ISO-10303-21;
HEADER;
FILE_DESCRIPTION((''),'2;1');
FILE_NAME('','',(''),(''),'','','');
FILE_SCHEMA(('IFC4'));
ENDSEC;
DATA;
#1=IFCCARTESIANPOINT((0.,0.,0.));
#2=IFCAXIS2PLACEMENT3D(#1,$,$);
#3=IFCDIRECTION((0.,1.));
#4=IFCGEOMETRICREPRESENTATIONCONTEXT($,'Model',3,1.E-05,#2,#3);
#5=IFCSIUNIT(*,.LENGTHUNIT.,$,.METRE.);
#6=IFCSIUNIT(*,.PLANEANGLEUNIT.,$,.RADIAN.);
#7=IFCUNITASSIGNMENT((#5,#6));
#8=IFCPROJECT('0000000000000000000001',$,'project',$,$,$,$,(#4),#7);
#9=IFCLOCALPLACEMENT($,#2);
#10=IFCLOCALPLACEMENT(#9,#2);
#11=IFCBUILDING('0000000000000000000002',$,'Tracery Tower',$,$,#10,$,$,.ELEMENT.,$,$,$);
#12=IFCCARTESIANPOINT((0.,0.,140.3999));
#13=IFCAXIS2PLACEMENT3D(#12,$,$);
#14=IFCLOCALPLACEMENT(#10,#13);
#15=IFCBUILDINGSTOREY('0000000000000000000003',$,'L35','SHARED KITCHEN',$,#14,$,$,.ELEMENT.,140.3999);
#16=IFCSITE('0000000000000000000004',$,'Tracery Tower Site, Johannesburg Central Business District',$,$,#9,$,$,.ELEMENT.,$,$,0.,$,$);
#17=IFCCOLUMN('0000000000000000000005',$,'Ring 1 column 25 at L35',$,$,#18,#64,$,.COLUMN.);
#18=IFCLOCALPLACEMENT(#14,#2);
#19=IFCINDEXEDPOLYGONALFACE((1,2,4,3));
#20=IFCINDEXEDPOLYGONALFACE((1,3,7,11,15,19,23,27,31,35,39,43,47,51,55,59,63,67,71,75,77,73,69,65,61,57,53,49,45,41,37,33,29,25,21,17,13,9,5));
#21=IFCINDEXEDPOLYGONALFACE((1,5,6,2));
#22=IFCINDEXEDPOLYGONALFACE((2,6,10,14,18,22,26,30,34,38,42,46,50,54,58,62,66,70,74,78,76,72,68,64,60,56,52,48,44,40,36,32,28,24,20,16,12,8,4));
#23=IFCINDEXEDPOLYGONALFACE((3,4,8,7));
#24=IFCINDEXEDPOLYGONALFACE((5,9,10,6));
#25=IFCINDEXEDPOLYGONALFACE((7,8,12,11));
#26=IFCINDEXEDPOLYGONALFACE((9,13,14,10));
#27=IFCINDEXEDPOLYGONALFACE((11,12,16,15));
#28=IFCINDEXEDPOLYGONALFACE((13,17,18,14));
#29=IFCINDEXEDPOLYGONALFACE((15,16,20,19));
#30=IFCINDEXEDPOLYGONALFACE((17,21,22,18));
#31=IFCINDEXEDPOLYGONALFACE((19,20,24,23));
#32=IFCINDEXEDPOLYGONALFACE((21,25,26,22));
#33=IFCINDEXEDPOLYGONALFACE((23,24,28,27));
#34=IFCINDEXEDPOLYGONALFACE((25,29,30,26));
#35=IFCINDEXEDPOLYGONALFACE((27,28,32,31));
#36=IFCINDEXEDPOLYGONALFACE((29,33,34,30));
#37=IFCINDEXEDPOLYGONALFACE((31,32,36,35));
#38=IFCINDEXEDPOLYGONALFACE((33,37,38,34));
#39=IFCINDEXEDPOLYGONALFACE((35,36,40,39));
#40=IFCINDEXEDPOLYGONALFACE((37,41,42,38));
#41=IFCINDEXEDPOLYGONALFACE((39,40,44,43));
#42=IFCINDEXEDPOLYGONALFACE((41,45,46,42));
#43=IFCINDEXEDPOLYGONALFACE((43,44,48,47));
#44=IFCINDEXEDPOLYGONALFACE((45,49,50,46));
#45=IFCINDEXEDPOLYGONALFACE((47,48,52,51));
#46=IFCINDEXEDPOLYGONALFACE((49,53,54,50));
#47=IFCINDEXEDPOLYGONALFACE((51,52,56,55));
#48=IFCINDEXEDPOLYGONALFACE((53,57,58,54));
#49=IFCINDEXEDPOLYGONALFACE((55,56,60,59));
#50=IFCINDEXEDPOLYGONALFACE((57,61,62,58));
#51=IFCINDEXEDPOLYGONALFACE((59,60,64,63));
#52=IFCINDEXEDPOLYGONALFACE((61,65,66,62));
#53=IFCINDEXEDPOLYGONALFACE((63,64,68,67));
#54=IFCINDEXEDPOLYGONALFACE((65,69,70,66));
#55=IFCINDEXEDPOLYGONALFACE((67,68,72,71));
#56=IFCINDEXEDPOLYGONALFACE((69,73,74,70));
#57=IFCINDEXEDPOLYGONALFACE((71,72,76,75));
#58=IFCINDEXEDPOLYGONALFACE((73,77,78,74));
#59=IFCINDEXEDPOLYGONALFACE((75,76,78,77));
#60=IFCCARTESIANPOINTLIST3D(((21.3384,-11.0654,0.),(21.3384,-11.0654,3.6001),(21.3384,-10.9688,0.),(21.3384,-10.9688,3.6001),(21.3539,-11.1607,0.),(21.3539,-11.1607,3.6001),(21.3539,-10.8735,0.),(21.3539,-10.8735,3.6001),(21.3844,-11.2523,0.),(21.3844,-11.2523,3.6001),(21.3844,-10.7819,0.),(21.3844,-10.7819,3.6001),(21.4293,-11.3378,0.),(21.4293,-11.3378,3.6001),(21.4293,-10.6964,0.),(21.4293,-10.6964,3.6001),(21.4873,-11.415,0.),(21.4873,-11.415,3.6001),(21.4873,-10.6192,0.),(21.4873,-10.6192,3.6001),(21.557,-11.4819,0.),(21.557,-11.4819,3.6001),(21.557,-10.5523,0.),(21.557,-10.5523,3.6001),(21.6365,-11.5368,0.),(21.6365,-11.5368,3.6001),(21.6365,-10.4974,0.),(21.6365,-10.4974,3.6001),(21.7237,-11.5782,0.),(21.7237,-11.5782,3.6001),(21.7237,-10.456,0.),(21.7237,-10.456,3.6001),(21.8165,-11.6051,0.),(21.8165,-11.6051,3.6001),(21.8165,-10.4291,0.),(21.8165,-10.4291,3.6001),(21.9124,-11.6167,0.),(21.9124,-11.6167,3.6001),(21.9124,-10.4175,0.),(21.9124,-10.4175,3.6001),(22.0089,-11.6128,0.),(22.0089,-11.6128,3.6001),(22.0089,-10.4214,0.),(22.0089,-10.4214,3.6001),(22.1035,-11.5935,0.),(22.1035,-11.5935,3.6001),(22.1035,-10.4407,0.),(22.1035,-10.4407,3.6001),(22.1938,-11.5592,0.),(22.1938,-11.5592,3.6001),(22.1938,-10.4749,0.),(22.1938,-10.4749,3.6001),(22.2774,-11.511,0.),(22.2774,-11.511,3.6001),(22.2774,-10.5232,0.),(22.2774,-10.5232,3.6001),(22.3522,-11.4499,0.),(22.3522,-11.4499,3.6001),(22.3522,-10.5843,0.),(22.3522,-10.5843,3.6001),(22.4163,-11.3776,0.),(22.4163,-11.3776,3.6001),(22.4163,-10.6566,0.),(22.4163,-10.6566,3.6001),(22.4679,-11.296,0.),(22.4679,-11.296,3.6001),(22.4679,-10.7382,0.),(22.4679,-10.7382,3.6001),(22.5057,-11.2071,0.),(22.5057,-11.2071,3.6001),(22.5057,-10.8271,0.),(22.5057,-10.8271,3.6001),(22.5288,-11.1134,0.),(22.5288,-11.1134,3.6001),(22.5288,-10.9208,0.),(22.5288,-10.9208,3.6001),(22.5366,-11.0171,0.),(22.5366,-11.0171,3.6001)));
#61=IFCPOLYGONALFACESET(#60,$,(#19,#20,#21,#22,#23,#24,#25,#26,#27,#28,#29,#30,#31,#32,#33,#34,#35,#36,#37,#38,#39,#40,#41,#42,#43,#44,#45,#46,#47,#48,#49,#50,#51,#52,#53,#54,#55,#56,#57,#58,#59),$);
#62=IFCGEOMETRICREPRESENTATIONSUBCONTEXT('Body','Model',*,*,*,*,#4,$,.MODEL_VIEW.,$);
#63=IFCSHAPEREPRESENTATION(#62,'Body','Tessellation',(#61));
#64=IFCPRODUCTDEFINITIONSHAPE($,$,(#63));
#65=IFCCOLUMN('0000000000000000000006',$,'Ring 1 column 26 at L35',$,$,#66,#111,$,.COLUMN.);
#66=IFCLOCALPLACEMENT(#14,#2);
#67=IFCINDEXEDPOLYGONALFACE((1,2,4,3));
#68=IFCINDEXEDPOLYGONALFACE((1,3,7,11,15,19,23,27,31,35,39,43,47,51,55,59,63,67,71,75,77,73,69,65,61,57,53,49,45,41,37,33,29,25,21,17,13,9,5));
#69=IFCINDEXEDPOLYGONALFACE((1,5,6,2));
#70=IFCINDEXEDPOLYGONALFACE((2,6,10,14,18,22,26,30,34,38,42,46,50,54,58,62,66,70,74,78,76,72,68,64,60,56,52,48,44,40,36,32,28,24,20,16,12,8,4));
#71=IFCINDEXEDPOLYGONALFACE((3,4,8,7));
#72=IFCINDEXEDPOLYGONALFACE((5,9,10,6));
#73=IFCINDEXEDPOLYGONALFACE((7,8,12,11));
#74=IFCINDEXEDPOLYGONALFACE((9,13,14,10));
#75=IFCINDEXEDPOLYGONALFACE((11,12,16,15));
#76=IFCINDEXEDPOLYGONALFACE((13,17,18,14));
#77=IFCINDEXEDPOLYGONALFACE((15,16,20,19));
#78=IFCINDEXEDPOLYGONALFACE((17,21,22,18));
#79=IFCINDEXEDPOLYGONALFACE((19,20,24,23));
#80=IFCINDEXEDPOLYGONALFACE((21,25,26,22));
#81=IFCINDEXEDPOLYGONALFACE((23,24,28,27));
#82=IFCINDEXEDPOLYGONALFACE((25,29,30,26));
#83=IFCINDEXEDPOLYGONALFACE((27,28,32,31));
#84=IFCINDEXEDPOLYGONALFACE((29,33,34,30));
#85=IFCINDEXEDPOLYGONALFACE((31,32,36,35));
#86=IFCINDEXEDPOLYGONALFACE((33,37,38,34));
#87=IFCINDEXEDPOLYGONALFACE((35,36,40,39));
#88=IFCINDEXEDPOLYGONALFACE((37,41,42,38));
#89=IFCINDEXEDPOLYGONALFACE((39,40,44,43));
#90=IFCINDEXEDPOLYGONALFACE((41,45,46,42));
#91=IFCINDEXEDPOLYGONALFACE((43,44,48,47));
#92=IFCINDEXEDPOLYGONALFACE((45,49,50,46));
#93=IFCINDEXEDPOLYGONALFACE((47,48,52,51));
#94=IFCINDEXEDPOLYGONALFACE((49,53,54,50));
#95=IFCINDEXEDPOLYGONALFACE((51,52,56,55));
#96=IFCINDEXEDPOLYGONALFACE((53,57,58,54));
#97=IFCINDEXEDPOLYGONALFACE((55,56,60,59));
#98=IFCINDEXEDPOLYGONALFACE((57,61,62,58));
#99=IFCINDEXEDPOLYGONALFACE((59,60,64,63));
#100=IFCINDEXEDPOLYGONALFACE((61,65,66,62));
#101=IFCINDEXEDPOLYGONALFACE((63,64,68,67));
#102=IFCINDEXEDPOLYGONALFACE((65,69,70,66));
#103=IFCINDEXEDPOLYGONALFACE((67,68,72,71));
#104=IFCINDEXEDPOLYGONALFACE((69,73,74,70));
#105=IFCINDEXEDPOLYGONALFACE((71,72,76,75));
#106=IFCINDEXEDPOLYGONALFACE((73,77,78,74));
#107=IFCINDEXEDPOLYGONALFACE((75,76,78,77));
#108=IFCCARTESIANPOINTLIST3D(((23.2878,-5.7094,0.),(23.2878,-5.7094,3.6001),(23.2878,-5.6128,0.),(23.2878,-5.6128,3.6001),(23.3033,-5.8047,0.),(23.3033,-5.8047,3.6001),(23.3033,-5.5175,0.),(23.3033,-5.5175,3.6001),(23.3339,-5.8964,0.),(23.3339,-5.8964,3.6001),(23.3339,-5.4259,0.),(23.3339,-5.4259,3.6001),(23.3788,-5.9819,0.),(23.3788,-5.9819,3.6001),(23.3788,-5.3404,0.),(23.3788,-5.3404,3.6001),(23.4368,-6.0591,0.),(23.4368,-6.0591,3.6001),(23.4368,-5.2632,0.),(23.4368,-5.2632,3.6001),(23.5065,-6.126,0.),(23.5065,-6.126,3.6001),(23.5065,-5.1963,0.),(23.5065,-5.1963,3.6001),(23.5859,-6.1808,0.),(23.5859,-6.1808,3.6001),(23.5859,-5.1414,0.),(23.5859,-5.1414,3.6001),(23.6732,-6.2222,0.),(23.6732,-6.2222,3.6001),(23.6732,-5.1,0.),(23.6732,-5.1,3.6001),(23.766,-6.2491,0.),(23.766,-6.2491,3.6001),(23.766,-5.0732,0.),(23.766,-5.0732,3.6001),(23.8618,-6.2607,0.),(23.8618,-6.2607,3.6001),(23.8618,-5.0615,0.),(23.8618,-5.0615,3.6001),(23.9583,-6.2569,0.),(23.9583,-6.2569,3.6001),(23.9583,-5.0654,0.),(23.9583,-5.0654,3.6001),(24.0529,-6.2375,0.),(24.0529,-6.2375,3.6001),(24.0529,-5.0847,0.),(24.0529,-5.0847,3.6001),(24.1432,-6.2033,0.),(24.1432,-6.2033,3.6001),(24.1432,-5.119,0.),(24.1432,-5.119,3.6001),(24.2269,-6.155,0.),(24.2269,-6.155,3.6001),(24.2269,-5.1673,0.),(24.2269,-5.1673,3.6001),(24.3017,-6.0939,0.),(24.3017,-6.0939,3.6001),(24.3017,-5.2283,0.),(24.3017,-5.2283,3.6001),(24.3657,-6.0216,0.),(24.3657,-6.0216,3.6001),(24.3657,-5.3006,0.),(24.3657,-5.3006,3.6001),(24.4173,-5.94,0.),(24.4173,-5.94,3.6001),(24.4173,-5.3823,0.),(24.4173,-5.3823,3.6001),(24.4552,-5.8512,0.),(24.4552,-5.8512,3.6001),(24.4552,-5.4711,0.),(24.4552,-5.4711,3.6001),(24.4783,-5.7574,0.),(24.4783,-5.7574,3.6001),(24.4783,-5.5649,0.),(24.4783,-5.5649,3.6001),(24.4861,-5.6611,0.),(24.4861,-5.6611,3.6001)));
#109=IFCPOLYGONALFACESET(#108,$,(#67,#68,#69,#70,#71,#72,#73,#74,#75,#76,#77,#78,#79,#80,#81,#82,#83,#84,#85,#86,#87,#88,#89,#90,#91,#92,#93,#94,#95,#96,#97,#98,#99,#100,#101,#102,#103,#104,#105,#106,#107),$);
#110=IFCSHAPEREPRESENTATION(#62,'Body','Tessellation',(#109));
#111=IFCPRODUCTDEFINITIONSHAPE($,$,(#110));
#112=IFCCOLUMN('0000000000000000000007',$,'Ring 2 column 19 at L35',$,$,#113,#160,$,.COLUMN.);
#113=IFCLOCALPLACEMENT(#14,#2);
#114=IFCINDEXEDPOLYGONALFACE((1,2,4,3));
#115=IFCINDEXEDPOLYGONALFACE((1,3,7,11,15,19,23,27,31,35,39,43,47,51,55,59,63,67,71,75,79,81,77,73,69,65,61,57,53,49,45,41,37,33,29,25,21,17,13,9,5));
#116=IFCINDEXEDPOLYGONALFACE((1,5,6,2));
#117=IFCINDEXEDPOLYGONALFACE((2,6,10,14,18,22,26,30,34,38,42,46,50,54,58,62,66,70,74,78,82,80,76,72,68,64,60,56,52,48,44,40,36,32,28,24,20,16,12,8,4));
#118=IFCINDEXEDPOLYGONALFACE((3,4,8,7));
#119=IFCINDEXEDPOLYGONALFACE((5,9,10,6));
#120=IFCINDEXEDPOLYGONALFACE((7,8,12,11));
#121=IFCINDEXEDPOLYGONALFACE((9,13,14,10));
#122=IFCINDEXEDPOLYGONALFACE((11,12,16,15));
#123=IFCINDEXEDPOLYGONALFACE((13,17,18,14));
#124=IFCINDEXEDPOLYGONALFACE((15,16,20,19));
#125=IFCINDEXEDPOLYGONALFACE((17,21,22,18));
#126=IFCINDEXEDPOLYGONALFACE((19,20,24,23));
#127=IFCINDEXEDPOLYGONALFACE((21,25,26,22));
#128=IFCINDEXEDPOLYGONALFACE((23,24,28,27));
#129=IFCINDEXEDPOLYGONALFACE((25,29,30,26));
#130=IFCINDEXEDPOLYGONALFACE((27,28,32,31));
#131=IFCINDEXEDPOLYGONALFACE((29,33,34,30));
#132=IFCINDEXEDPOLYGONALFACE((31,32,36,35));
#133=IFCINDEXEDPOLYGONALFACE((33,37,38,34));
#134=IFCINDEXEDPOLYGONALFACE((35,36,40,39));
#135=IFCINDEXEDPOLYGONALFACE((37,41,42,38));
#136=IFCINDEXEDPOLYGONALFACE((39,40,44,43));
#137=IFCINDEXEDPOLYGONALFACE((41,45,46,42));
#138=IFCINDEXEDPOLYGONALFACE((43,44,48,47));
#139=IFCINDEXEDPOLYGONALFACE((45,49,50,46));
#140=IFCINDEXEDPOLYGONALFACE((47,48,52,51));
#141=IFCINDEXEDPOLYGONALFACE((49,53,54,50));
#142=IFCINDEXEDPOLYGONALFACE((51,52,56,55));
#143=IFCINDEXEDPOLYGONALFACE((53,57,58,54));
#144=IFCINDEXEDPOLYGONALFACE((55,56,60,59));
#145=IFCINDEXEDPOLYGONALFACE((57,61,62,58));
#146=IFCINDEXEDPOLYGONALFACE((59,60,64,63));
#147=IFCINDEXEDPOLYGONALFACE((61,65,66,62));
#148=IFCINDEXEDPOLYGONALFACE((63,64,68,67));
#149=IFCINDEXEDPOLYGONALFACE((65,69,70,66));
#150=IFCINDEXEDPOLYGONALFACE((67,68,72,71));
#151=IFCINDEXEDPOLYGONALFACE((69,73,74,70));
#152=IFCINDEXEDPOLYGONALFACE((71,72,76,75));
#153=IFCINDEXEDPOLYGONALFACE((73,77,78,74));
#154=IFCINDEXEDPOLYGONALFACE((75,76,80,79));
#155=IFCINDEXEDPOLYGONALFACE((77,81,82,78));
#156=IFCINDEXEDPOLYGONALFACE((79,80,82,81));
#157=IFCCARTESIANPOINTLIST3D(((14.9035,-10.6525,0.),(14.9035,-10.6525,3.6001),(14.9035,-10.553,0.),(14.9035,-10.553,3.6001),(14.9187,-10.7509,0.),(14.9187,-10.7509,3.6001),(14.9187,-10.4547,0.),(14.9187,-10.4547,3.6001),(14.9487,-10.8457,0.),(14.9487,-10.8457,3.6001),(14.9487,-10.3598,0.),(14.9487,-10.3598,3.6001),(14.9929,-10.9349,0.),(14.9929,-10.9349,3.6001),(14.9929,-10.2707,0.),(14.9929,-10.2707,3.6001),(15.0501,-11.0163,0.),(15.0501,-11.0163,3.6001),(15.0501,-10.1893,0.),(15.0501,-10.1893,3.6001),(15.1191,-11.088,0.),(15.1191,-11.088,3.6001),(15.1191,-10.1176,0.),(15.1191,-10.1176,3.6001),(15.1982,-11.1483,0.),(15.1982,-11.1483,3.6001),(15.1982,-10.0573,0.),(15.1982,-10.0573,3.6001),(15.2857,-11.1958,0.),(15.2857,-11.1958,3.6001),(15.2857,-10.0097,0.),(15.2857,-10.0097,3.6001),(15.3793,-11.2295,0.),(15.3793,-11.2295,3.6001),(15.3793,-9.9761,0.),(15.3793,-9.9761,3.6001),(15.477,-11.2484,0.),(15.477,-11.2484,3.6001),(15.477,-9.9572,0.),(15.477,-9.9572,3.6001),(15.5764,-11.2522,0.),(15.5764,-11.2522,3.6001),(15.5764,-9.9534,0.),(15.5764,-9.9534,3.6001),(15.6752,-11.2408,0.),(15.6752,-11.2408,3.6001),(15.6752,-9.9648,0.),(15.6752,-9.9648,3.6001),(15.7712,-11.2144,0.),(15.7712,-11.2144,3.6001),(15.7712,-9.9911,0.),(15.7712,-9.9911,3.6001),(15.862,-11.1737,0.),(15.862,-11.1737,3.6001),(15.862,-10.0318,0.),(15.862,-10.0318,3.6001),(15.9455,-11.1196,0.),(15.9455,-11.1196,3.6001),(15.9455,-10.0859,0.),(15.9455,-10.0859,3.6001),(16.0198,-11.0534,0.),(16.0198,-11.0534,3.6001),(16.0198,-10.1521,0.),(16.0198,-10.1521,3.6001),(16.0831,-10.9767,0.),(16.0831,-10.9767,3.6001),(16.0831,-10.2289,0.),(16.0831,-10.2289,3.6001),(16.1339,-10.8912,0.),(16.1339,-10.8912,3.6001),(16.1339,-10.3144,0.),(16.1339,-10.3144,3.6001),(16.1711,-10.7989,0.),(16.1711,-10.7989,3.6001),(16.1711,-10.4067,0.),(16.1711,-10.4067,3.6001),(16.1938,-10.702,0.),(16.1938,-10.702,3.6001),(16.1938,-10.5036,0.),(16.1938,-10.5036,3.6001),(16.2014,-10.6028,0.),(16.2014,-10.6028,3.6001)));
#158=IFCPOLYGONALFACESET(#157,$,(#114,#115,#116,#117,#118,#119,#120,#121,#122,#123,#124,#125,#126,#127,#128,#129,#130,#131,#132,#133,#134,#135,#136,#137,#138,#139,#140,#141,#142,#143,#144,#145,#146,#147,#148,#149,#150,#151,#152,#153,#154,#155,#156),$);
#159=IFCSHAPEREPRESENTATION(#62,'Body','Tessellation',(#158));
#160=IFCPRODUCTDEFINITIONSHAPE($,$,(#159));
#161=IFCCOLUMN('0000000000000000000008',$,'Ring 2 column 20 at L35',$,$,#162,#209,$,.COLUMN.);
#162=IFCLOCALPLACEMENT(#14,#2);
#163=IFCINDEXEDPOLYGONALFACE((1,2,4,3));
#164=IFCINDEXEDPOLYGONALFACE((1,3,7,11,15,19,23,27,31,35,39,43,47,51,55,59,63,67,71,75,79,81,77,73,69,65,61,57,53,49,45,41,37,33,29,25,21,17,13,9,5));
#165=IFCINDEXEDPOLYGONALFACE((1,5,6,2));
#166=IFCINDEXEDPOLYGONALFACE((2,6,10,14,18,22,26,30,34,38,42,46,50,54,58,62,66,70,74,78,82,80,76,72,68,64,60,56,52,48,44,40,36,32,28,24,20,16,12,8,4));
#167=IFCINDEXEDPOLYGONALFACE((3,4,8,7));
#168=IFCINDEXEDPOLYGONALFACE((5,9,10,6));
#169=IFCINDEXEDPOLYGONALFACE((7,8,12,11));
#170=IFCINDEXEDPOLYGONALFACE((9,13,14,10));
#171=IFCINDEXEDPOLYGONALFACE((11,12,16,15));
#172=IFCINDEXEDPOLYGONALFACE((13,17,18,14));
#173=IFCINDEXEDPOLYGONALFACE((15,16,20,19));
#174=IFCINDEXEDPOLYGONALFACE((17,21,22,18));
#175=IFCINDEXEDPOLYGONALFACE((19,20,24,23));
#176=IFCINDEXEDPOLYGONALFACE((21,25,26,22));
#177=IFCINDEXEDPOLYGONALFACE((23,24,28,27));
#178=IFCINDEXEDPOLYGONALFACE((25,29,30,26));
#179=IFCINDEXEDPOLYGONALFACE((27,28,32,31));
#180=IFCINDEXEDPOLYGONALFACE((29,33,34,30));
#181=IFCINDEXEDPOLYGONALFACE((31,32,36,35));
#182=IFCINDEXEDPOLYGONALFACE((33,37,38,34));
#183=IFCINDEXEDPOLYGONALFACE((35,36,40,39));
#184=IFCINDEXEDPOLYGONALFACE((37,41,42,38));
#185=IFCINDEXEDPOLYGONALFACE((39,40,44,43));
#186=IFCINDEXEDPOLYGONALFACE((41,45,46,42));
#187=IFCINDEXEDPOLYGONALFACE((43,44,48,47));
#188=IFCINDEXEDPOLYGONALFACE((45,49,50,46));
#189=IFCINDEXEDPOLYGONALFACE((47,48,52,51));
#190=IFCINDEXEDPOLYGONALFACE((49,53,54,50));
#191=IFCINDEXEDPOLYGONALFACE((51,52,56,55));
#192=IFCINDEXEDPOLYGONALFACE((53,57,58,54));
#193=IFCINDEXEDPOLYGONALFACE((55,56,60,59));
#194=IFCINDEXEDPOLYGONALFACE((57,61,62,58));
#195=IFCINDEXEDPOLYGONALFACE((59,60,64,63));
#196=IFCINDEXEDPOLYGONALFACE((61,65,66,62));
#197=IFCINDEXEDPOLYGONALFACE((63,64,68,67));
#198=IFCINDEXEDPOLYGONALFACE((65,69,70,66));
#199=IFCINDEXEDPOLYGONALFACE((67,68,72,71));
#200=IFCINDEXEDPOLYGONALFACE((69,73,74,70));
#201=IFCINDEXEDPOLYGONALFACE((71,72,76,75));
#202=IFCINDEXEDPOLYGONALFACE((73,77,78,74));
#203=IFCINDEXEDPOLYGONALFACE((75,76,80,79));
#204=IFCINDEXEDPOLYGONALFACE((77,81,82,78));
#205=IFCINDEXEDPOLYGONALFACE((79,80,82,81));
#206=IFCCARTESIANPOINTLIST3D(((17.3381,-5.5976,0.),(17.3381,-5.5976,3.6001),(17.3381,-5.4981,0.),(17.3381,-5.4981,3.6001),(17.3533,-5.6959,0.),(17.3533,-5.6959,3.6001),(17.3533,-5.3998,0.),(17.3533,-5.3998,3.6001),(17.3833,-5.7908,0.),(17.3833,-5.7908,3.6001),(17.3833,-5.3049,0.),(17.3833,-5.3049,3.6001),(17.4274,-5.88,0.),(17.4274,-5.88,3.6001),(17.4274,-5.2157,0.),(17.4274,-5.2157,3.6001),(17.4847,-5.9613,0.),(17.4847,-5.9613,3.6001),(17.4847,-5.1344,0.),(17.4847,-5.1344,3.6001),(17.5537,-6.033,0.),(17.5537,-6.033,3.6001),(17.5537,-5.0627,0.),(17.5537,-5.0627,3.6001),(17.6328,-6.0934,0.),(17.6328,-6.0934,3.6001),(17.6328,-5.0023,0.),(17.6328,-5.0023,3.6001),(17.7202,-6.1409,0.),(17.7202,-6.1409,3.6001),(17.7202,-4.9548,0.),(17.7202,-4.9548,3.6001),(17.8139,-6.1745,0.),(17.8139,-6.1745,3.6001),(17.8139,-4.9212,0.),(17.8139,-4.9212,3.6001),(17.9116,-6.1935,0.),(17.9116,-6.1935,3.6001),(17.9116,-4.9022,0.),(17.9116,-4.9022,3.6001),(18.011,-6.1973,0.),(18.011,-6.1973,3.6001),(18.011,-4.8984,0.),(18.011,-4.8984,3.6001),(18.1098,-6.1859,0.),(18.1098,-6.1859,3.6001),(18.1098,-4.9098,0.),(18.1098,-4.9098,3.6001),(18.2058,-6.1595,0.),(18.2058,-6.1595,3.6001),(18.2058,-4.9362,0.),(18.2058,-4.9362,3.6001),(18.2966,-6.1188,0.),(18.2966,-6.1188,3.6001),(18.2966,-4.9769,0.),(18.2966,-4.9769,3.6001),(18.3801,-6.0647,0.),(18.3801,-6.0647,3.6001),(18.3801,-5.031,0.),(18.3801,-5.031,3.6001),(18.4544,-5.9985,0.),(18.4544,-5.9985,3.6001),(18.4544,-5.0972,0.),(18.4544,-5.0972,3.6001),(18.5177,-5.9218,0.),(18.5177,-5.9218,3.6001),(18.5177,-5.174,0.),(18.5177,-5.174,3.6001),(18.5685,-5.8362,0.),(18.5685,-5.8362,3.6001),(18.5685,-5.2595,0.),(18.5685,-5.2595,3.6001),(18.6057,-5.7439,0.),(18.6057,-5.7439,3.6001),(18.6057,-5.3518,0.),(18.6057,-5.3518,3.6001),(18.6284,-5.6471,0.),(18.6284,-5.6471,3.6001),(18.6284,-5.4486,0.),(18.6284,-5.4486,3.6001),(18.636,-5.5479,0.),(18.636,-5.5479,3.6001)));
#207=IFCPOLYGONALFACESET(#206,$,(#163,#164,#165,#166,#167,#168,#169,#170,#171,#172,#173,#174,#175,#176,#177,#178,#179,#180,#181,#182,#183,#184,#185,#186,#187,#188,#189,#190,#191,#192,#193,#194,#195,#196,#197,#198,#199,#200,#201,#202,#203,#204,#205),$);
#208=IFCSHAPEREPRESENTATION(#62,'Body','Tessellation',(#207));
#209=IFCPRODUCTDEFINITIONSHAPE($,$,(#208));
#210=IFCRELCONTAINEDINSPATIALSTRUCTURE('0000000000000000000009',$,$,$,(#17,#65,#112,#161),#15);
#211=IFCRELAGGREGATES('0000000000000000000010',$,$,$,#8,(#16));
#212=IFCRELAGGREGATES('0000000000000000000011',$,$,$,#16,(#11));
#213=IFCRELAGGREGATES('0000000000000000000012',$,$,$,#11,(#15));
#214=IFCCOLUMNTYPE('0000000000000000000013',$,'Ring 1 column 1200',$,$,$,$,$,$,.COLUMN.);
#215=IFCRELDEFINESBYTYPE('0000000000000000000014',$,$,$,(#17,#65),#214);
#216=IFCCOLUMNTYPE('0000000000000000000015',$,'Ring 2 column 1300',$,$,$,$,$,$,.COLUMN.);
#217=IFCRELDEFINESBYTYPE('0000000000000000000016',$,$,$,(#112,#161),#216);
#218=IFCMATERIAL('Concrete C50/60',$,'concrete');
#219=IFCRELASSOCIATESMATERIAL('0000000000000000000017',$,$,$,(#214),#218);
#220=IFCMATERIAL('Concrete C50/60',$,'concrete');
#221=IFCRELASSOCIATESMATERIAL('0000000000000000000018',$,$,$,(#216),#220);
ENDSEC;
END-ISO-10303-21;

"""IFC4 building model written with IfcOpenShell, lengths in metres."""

from ifc_helpers import new_model, si_unit, direction, frame, origin, origin_2d, place, context, subcontext, project, spatial, circle, extrude, material, material_profile, profile_set, type_object, element, save


model = new_model("IFC4")

# Units and contexts
model_context = context("Model", 3, precision=1e-05, world=origin(), true_north=direction((0.0, 1.0)))
body_context = subcontext(model_context, "Body", "Model", "MODEL_VIEW")
ifc_project = project(units=[si_unit("LENGTHUNIT", "METRE"), si_unit("PLANEANGLEUNIT", "RADIAN")], contexts=[model_context])

# Site, building, storey
site_placement = place(None, origin())
site = spatial("IfcSite", under=ifc_project, at=site_placement, Name="Tracery Tower Site, Johannesburg Central Business District", CompositionType="ELEMENT", RefElevation=0.0)
building_placement = place(site_placement, origin())
building = spatial("IfcBuilding", under=site, at=building_placement, Name="Tracery Tower", CompositionType="ELEMENT")
storey_placement = place(building_placement, frame((0.0, 0.0, 140.3999)))
storey = spatial("IfcBuildingStorey", under=building, at=storey_placement, Name="L35", Description="SHARED KITCHEN", CompositionType="ELEMENT", Elevation=140.3999)

# Columns
ifc_material_1 = material(Name="Concrete C50/60", Category="concrete")
ifc_material_profile_1 = material_profile(ifc_material_1, circle(Radius=0.6001, at=origin_2d()), Name="RC D1200")
ifc_profile_set_1 = profile_set([ifc_material_profile_1], Name="Concrete C50/60")
column_type_1 = type_object("IfcColumnType", Name="Ring 1 column 1200", PredefinedType="COLUMN", material=ifc_profile_set_1)
for number, where, z_axis, x_axis, name in (
    (1, (21.9365, -11.0171, 0.0), (0.0, 0.0, 1.0), (1.0, 0.0, 0.0), "Ring 1 column 25 at L35"),
    (2, (23.886, -5.6611, 0.0), (0.0, 0.0, 1.0), (1.0, 0.0, 0.0), "Ring 1 column 26 at L35"),
):
    element("IfcColumn", number, at=place(storey_placement, frame(where, z_axis=z_axis, x_axis=x_axis)), inside=storey, type_object=column_type_1, Name=name, PredefinedType="COLUMN", context=body_context, shape_type="SweptSolid", body=[
        extrude(circle(Radius=0.6001, at=origin_2d()), origin(), (0.0, 0.0, 1.0), 3.6001),
    ])
ifc_material_2 = material(Name="Concrete C50/60", Category="concrete")
ifc_material_profile_2 = material_profile(ifc_material_2, circle(Radius=0.6499, at=origin_2d()), Name="RC D1300")
ifc_profile_set_2 = profile_set([ifc_material_profile_2], Name="Concrete C50/60")
column_type_2 = type_object("IfcColumnType", Name="Ring 2 column 1300", PredefinedType="COLUMN", material=ifc_profile_set_2)
for number, where, z_axis, x_axis, name in (
    (3, (15.5515, -10.6028, 0.0), (0.0, 0.0, 1.0), (1.0, 0.0, 0.0), "Ring 2 column 19 at L35"),
    (4, (17.9861, -5.5479, 0.0), (0.0, 0.0, 1.0), (1.0, 0.0, 0.0), "Ring 2 column 20 at L35"),
):
    element("IfcColumn", number, at=place(storey_placement, frame(where, z_axis=z_axis, x_axis=x_axis)), inside=storey, type_object=column_type_2, Name=name, PredefinedType="COLUMN", context=body_context, shape_type="SweptSolid", body=[
        extrude(circle(Radius=0.6499, at=origin_2d()), origin(), (0.0, 0.0, 1.0), 3.6001),
    ])

save(model, "model.ifc")
